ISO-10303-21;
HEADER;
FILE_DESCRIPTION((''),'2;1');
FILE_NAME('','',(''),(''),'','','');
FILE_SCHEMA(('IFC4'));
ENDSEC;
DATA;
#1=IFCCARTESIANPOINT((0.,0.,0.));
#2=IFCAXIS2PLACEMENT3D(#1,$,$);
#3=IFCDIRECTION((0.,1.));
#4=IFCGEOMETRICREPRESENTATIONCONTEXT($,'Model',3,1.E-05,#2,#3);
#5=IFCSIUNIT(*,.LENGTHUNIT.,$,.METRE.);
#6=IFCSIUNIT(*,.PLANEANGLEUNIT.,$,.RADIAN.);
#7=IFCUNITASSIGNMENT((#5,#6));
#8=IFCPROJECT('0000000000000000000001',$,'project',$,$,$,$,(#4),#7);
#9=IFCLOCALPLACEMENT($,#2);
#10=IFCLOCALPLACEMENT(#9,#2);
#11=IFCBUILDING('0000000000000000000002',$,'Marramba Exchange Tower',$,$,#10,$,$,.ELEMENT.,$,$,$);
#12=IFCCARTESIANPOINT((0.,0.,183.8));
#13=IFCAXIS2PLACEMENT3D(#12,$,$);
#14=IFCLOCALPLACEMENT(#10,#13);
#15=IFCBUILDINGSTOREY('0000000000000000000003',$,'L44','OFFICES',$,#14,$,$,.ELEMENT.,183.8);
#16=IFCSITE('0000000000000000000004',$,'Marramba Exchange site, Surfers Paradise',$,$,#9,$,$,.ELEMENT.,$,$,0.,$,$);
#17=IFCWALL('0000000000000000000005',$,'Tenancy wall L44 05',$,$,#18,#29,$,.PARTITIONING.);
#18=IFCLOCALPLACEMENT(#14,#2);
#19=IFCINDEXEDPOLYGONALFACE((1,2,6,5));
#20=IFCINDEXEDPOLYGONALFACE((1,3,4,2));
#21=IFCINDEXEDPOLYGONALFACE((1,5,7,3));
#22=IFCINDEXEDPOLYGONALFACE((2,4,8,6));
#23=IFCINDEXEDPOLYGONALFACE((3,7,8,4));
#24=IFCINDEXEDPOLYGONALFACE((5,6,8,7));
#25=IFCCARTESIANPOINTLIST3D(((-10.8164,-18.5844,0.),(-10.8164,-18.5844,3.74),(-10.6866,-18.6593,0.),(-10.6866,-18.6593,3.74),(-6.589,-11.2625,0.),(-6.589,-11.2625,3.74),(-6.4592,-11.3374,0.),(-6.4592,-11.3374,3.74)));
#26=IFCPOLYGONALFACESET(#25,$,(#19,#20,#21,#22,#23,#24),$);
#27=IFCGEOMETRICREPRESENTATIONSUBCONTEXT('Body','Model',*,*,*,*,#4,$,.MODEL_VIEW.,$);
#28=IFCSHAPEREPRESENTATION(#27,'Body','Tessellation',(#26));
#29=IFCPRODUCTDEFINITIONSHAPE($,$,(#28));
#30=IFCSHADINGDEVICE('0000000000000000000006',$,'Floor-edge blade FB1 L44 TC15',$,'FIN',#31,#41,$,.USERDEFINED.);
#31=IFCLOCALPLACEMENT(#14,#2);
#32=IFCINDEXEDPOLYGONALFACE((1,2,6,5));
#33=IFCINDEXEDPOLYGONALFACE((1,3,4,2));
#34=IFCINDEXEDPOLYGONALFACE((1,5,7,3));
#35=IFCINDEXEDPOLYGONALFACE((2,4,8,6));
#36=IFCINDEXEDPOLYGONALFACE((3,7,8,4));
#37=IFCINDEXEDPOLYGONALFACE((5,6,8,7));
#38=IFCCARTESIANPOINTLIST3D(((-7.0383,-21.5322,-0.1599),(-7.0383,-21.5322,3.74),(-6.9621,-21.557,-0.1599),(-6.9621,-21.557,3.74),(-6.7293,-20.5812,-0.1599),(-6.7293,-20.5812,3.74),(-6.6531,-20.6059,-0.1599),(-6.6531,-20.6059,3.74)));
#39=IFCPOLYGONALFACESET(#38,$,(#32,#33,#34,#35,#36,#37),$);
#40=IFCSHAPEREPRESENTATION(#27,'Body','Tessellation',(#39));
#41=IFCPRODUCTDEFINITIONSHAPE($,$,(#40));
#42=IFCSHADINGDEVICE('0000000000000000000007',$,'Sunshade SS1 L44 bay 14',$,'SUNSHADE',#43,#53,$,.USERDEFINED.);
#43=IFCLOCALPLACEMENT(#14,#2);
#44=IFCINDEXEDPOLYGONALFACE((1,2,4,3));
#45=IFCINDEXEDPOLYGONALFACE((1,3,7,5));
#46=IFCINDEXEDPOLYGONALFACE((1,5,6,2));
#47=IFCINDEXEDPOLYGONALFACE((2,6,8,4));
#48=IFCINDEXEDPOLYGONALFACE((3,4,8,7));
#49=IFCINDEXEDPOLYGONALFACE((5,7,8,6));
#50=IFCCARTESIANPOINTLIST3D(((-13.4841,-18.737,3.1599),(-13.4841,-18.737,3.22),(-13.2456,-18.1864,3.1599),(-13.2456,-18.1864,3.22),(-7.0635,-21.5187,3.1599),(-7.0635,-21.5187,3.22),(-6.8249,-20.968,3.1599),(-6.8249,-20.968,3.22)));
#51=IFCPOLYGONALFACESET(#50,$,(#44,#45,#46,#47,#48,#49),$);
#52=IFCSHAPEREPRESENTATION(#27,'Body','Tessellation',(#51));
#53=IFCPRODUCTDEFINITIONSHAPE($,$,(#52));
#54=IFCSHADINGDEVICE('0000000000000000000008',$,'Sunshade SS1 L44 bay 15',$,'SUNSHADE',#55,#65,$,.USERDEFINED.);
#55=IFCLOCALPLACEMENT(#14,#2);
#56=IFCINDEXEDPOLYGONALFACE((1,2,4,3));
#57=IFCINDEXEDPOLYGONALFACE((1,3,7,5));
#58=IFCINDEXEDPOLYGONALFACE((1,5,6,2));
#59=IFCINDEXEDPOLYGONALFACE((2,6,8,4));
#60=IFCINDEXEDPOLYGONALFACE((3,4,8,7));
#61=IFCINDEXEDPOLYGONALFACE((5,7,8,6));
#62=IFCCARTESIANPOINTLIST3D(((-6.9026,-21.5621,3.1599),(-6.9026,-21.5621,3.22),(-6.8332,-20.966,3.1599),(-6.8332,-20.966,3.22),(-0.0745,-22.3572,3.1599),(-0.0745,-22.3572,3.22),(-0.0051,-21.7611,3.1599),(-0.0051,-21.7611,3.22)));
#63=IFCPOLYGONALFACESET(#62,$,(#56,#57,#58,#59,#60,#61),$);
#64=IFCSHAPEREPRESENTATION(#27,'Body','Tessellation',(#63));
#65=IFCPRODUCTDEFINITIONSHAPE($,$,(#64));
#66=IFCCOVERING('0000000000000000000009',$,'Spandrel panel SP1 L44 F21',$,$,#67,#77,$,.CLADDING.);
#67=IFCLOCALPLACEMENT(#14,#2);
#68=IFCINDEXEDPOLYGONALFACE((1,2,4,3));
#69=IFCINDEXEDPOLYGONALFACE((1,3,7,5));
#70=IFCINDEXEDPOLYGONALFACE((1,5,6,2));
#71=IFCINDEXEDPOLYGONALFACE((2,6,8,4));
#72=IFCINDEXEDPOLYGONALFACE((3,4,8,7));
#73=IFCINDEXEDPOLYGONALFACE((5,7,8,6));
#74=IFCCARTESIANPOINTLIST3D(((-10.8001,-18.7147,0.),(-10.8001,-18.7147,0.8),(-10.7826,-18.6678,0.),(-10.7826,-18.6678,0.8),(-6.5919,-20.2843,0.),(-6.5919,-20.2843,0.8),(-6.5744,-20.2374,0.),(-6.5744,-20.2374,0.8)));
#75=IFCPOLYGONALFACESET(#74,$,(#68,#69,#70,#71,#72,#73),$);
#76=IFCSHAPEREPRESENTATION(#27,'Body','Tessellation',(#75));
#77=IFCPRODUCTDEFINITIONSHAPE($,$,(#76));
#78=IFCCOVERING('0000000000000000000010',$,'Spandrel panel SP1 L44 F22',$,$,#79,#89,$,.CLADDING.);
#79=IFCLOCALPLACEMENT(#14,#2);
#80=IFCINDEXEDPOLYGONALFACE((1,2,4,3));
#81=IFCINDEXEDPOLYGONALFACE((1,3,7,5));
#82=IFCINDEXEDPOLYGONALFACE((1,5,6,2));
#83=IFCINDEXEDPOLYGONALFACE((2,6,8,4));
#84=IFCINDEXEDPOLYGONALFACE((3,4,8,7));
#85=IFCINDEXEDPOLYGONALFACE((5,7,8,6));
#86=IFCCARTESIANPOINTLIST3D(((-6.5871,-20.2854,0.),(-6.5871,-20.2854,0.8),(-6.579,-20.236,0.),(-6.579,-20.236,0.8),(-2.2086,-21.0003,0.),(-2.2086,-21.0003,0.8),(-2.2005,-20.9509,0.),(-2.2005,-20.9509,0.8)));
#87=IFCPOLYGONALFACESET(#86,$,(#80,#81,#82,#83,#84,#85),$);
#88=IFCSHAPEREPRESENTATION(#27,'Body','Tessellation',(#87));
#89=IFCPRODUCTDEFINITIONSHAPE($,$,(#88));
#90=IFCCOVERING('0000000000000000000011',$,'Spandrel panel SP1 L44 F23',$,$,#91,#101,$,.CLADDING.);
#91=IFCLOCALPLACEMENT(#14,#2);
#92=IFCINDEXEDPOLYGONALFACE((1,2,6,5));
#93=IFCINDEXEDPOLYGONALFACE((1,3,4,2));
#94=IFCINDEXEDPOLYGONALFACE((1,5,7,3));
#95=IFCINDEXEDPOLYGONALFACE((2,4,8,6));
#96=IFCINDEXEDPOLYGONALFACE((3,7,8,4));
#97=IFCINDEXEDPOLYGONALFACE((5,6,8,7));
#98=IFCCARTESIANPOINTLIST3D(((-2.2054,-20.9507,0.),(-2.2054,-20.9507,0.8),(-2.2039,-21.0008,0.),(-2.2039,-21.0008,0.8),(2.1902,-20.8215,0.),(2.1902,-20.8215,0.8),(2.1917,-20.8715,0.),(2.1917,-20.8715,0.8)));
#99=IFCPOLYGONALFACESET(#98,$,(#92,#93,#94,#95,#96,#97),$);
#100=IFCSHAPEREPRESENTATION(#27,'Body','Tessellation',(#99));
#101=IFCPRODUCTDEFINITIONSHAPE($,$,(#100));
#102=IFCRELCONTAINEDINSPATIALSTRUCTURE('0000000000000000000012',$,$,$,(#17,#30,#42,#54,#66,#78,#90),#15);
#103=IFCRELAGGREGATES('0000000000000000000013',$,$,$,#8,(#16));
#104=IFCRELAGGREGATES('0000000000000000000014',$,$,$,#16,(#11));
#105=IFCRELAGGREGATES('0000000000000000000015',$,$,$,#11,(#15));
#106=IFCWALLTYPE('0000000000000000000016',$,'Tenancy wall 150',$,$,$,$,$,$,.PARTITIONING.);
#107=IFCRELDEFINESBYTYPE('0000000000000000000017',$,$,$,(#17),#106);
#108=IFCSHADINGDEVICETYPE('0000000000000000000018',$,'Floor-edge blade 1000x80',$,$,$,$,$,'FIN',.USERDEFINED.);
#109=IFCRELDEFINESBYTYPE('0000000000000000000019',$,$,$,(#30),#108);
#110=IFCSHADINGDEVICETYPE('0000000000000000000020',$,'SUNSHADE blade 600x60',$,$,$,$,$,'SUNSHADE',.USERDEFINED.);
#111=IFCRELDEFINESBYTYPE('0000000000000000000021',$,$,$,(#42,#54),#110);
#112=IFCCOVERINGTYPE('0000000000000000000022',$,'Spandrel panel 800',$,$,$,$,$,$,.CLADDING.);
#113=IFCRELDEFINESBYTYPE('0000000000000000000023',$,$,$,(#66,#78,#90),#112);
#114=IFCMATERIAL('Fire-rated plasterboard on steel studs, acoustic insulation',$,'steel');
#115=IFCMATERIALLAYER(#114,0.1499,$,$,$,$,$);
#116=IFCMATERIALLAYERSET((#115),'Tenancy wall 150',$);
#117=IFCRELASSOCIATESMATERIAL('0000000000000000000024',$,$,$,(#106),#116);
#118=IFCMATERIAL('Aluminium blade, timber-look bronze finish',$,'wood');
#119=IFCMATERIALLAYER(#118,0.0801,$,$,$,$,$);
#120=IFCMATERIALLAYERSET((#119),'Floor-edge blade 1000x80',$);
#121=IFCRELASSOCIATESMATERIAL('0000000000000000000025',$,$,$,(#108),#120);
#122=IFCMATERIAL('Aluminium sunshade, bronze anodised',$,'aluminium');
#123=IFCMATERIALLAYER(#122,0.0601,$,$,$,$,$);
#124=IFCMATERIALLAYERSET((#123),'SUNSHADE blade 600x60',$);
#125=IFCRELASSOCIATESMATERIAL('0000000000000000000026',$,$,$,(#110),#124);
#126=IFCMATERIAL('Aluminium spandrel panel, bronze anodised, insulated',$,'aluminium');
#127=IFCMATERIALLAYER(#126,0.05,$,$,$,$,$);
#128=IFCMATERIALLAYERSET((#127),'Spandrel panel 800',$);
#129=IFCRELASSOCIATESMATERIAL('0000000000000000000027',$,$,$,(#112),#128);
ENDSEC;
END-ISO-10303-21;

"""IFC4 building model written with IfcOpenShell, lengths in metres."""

from ifc_helpers import new_model, si_unit, direction, frame, frame_2d, origin, origin_2d, place, context, subcontext, project, spatial, rectangle, extrude, material, layer, layer_set, type_object, element, save


model = new_model("IFC4")

# Units and contexts
model_context = context("Model", 3, precision=1e-05, world=origin(), true_north=direction((0.0, 1.0)))
body_context = subcontext(model_context, "Body", "Model", "MODEL_VIEW")
ifc_project = project(units=[si_unit("LENGTHUNIT", "METRE"), si_unit("PLANEANGLEUNIT", "RADIAN")], contexts=[model_context])

# Site, building, storey
site_placement = place(None, origin())
site = spatial("IfcSite", under=ifc_project, at=site_placement, Name="Marramba Exchange site, Surfers Paradise", CompositionType="ELEMENT", RefElevation=0.0)
building_placement = place(site_placement, origin())
building = spatial("IfcBuilding", under=site, at=building_placement, Name="Marramba Exchange Tower", CompositionType="ELEMENT")
storey_placement = place(building_placement, frame((0.0, 0.0, 183.8)))
storey = spatial("IfcBuildingStorey", under=building, at=storey_placement, Name="L44", Description="OFFICES", CompositionType="ELEMENT", Elevation=183.8)

# Wall
ifc_material_1 = material(Name="Fire-rated plasterboard on steel studs, acoustic insulation", Category="steel")
ifc_layer_1 = layer(ifc_material_1, 0.1499)
ifc_layer_set_1 = layer_set([ifc_layer_1], Name="Tenancy wall 150")
wall_type = type_object("IfcWallType", Name="Tenancy wall 150", PredefinedType="PARTITIONING", material=ifc_layer_set_1)
wall_placement = place(storey_placement, frame((-10.7515, -18.6218, 0.0), z_axis=(0.0, 0.0, 1.0), x_axis=(0.500006, 0.866022, 0.0)))
element("IfcWall", 1, at=wall_placement, inside=storey, type_object=wall_type, Name="Tenancy wall L44 05", PredefinedType="PARTITIONING", context=body_context, shape_type="SweptSolid", body=[
    extrude(rectangle(XDim=8.4546, YDim=0.1499, at=frame_2d((4.2273, 0.0))), origin(), (0.0, 0.0, 1.0), 3.74),
])

# Shading devices
ifc_material_2 = material(Name="Aluminium blade, timber-look bronze finish", Category="wood")
ifc_layer_2 = layer(ifc_material_2, 0.0801)
ifc_layer_set_2 = layer_set([ifc_layer_2], Name="Floor-edge blade 1000x80")
shading_device_type_1 = type_object("IfcShadingDeviceType", Name="Floor-edge blade 1000x80", ElementType="FIN", PredefinedType="USERDEFINED", material=ifc_layer_set_2)
shading_device_1_placement = place(storey_placement, frame((-6.8457, -21.0691, -0.1599), z_axis=(0.0, 0.0, 1.0), x_axis=(-0.309017, -0.951057, 0.0)))
element("IfcShadingDevice", 2, at=shading_device_1_placement, inside=storey, type_object=shading_device_type_1, Name="Floor-edge blade FB1 L44 TC15", ObjectType="FIN", PredefinedType="USERDEFINED", context=body_context, shape_type="SweptSolid", body=[
    extrude(rectangle(XDim=1.0, YDim=0.0801, at=origin_2d()), origin(), (0.0, 0.0, 1.0), 3.8999),
])
ifc_material_3 = material(Name="Aluminium sunshade, bronze anodised", Category="aluminium")
ifc_layer_3 = layer(ifc_material_3, 0.0601)
ifc_layer_set_3 = layer_set([ifc_layer_3], Name="SUNSHADE blade 600x60")
shading_device_type_2 = type_object("IfcShadingDeviceType", Name="SUNSHADE blade 600x60", ElementType="SUNSHADE", PredefinedType="USERDEFINED", material=ifc_layer_set_3)
shading_device_2_placement = place(storey_placement, frame((-10.1545, -19.8525, 3.1599), z_axis=(0.0, 0.0, 1.0), x_axis=(0.917589, -0.39753, 0.0)))
element("IfcShadingDevice", 3, at=shading_device_2_placement, inside=storey, type_object=shading_device_type_2, Name="Sunshade SS1 L44 bay 14", ObjectType="SUNSHADE", PredefinedType="USERDEFINED", context=body_context, shape_type="SweptSolid", body=[
    extrude(rectangle(XDim=6.9973, YDim=0.6001, at=origin_2d()), origin(), (0.0, 0.0, 1.0), 0.0601),
])
shading_device_3_placement = place(storey_placement, frame((-3.4539, -21.6616, 3.1599), z_axis=(0.0, 0.0, 1.0), x_axis=(0.993288, -0.115665, 0.0)))
element("IfcShadingDevice", 4, at=shading_device_3_placement, inside=storey, type_object=shading_device_type_2, Name="Sunshade SS1 L44 bay 15", ObjectType="SUNSHADE", PredefinedType="USERDEFINED", context=body_context, shape_type="SweptSolid", body=[
    extrude(rectangle(XDim=6.8743, YDim=0.6001, at=origin_2d()), origin(), (0.0, 0.0, 1.0), 0.0601),
])

# Coverings
ifc_material_4 = material(Name="Aluminium spandrel panel, bronze anodised, insulated", Category="aluminium")
ifc_layer_4 = layer(ifc_material_4, 0.05)
ifc_layer_set_4 = layer_set([ifc_layer_4], Name="Spandrel panel 800")
covering_type = type_object("IfcCoveringType", Name="Spandrel panel 800", PredefinedType="CLADDING", material=ifc_layer_set_4)
covering_1_placement = place(storey_placement, frame((-8.6873, -19.4761, 0.0), z_axis=(0.0, 0.0, 1.0), x_axis=(0.936952, -0.349459, 0.0)))
element("IfcCovering", 5, at=covering_1_placement, inside=storey, type_object=covering_type, Name="Spandrel panel SP1 L44 F21", PredefinedType="CLADDING", context=body_context, shape_type="SweptSolid", body=[
    extrude(rectangle(XDim=4.4915, YDim=0.05, at=origin_2d()), origin(), (0.0, 0.0, 1.0), 0.8),
])
covering_2_placement = place(storey_placement, frame((-4.3938, -20.6182, 0.0), z_axis=(0.0, 0.0, 1.0), x_axis=(0.986931, -0.161146, 0.0)))
element("IfcCovering", 6, at=covering_2_placement, inside=storey, type_object=covering_type, Name="Spandrel panel SP1 L44 F22", PredefinedType="CLADDING", context=body_context, shape_type="SweptSolid", body=[
    extrude(rectangle(XDim=4.4365, YDim=0.05, at=origin_2d()), origin(), (0.0, 0.0, 1.0), 0.8),
])
covering_3_placement = place(storey_placement, frame((-0.0068, -20.9111, 0.0), z_axis=(0.0, 0.0, 1.0), x_axis=(0.999568, 0.029393, 0.0)))
element("IfcCovering", 7, at=covering_3_placement, inside=storey, type_object=covering_type, Name="Spandrel panel SP1 L44 F23", PredefinedType="CLADDING", context=body_context, shape_type="SweptSolid", body=[
    extrude(rectangle(XDim=4.3975, YDim=0.05, at=origin_2d()), origin(), (0.0, 0.0, 1.0), 0.8),
])

save(model, "model.ifc")
